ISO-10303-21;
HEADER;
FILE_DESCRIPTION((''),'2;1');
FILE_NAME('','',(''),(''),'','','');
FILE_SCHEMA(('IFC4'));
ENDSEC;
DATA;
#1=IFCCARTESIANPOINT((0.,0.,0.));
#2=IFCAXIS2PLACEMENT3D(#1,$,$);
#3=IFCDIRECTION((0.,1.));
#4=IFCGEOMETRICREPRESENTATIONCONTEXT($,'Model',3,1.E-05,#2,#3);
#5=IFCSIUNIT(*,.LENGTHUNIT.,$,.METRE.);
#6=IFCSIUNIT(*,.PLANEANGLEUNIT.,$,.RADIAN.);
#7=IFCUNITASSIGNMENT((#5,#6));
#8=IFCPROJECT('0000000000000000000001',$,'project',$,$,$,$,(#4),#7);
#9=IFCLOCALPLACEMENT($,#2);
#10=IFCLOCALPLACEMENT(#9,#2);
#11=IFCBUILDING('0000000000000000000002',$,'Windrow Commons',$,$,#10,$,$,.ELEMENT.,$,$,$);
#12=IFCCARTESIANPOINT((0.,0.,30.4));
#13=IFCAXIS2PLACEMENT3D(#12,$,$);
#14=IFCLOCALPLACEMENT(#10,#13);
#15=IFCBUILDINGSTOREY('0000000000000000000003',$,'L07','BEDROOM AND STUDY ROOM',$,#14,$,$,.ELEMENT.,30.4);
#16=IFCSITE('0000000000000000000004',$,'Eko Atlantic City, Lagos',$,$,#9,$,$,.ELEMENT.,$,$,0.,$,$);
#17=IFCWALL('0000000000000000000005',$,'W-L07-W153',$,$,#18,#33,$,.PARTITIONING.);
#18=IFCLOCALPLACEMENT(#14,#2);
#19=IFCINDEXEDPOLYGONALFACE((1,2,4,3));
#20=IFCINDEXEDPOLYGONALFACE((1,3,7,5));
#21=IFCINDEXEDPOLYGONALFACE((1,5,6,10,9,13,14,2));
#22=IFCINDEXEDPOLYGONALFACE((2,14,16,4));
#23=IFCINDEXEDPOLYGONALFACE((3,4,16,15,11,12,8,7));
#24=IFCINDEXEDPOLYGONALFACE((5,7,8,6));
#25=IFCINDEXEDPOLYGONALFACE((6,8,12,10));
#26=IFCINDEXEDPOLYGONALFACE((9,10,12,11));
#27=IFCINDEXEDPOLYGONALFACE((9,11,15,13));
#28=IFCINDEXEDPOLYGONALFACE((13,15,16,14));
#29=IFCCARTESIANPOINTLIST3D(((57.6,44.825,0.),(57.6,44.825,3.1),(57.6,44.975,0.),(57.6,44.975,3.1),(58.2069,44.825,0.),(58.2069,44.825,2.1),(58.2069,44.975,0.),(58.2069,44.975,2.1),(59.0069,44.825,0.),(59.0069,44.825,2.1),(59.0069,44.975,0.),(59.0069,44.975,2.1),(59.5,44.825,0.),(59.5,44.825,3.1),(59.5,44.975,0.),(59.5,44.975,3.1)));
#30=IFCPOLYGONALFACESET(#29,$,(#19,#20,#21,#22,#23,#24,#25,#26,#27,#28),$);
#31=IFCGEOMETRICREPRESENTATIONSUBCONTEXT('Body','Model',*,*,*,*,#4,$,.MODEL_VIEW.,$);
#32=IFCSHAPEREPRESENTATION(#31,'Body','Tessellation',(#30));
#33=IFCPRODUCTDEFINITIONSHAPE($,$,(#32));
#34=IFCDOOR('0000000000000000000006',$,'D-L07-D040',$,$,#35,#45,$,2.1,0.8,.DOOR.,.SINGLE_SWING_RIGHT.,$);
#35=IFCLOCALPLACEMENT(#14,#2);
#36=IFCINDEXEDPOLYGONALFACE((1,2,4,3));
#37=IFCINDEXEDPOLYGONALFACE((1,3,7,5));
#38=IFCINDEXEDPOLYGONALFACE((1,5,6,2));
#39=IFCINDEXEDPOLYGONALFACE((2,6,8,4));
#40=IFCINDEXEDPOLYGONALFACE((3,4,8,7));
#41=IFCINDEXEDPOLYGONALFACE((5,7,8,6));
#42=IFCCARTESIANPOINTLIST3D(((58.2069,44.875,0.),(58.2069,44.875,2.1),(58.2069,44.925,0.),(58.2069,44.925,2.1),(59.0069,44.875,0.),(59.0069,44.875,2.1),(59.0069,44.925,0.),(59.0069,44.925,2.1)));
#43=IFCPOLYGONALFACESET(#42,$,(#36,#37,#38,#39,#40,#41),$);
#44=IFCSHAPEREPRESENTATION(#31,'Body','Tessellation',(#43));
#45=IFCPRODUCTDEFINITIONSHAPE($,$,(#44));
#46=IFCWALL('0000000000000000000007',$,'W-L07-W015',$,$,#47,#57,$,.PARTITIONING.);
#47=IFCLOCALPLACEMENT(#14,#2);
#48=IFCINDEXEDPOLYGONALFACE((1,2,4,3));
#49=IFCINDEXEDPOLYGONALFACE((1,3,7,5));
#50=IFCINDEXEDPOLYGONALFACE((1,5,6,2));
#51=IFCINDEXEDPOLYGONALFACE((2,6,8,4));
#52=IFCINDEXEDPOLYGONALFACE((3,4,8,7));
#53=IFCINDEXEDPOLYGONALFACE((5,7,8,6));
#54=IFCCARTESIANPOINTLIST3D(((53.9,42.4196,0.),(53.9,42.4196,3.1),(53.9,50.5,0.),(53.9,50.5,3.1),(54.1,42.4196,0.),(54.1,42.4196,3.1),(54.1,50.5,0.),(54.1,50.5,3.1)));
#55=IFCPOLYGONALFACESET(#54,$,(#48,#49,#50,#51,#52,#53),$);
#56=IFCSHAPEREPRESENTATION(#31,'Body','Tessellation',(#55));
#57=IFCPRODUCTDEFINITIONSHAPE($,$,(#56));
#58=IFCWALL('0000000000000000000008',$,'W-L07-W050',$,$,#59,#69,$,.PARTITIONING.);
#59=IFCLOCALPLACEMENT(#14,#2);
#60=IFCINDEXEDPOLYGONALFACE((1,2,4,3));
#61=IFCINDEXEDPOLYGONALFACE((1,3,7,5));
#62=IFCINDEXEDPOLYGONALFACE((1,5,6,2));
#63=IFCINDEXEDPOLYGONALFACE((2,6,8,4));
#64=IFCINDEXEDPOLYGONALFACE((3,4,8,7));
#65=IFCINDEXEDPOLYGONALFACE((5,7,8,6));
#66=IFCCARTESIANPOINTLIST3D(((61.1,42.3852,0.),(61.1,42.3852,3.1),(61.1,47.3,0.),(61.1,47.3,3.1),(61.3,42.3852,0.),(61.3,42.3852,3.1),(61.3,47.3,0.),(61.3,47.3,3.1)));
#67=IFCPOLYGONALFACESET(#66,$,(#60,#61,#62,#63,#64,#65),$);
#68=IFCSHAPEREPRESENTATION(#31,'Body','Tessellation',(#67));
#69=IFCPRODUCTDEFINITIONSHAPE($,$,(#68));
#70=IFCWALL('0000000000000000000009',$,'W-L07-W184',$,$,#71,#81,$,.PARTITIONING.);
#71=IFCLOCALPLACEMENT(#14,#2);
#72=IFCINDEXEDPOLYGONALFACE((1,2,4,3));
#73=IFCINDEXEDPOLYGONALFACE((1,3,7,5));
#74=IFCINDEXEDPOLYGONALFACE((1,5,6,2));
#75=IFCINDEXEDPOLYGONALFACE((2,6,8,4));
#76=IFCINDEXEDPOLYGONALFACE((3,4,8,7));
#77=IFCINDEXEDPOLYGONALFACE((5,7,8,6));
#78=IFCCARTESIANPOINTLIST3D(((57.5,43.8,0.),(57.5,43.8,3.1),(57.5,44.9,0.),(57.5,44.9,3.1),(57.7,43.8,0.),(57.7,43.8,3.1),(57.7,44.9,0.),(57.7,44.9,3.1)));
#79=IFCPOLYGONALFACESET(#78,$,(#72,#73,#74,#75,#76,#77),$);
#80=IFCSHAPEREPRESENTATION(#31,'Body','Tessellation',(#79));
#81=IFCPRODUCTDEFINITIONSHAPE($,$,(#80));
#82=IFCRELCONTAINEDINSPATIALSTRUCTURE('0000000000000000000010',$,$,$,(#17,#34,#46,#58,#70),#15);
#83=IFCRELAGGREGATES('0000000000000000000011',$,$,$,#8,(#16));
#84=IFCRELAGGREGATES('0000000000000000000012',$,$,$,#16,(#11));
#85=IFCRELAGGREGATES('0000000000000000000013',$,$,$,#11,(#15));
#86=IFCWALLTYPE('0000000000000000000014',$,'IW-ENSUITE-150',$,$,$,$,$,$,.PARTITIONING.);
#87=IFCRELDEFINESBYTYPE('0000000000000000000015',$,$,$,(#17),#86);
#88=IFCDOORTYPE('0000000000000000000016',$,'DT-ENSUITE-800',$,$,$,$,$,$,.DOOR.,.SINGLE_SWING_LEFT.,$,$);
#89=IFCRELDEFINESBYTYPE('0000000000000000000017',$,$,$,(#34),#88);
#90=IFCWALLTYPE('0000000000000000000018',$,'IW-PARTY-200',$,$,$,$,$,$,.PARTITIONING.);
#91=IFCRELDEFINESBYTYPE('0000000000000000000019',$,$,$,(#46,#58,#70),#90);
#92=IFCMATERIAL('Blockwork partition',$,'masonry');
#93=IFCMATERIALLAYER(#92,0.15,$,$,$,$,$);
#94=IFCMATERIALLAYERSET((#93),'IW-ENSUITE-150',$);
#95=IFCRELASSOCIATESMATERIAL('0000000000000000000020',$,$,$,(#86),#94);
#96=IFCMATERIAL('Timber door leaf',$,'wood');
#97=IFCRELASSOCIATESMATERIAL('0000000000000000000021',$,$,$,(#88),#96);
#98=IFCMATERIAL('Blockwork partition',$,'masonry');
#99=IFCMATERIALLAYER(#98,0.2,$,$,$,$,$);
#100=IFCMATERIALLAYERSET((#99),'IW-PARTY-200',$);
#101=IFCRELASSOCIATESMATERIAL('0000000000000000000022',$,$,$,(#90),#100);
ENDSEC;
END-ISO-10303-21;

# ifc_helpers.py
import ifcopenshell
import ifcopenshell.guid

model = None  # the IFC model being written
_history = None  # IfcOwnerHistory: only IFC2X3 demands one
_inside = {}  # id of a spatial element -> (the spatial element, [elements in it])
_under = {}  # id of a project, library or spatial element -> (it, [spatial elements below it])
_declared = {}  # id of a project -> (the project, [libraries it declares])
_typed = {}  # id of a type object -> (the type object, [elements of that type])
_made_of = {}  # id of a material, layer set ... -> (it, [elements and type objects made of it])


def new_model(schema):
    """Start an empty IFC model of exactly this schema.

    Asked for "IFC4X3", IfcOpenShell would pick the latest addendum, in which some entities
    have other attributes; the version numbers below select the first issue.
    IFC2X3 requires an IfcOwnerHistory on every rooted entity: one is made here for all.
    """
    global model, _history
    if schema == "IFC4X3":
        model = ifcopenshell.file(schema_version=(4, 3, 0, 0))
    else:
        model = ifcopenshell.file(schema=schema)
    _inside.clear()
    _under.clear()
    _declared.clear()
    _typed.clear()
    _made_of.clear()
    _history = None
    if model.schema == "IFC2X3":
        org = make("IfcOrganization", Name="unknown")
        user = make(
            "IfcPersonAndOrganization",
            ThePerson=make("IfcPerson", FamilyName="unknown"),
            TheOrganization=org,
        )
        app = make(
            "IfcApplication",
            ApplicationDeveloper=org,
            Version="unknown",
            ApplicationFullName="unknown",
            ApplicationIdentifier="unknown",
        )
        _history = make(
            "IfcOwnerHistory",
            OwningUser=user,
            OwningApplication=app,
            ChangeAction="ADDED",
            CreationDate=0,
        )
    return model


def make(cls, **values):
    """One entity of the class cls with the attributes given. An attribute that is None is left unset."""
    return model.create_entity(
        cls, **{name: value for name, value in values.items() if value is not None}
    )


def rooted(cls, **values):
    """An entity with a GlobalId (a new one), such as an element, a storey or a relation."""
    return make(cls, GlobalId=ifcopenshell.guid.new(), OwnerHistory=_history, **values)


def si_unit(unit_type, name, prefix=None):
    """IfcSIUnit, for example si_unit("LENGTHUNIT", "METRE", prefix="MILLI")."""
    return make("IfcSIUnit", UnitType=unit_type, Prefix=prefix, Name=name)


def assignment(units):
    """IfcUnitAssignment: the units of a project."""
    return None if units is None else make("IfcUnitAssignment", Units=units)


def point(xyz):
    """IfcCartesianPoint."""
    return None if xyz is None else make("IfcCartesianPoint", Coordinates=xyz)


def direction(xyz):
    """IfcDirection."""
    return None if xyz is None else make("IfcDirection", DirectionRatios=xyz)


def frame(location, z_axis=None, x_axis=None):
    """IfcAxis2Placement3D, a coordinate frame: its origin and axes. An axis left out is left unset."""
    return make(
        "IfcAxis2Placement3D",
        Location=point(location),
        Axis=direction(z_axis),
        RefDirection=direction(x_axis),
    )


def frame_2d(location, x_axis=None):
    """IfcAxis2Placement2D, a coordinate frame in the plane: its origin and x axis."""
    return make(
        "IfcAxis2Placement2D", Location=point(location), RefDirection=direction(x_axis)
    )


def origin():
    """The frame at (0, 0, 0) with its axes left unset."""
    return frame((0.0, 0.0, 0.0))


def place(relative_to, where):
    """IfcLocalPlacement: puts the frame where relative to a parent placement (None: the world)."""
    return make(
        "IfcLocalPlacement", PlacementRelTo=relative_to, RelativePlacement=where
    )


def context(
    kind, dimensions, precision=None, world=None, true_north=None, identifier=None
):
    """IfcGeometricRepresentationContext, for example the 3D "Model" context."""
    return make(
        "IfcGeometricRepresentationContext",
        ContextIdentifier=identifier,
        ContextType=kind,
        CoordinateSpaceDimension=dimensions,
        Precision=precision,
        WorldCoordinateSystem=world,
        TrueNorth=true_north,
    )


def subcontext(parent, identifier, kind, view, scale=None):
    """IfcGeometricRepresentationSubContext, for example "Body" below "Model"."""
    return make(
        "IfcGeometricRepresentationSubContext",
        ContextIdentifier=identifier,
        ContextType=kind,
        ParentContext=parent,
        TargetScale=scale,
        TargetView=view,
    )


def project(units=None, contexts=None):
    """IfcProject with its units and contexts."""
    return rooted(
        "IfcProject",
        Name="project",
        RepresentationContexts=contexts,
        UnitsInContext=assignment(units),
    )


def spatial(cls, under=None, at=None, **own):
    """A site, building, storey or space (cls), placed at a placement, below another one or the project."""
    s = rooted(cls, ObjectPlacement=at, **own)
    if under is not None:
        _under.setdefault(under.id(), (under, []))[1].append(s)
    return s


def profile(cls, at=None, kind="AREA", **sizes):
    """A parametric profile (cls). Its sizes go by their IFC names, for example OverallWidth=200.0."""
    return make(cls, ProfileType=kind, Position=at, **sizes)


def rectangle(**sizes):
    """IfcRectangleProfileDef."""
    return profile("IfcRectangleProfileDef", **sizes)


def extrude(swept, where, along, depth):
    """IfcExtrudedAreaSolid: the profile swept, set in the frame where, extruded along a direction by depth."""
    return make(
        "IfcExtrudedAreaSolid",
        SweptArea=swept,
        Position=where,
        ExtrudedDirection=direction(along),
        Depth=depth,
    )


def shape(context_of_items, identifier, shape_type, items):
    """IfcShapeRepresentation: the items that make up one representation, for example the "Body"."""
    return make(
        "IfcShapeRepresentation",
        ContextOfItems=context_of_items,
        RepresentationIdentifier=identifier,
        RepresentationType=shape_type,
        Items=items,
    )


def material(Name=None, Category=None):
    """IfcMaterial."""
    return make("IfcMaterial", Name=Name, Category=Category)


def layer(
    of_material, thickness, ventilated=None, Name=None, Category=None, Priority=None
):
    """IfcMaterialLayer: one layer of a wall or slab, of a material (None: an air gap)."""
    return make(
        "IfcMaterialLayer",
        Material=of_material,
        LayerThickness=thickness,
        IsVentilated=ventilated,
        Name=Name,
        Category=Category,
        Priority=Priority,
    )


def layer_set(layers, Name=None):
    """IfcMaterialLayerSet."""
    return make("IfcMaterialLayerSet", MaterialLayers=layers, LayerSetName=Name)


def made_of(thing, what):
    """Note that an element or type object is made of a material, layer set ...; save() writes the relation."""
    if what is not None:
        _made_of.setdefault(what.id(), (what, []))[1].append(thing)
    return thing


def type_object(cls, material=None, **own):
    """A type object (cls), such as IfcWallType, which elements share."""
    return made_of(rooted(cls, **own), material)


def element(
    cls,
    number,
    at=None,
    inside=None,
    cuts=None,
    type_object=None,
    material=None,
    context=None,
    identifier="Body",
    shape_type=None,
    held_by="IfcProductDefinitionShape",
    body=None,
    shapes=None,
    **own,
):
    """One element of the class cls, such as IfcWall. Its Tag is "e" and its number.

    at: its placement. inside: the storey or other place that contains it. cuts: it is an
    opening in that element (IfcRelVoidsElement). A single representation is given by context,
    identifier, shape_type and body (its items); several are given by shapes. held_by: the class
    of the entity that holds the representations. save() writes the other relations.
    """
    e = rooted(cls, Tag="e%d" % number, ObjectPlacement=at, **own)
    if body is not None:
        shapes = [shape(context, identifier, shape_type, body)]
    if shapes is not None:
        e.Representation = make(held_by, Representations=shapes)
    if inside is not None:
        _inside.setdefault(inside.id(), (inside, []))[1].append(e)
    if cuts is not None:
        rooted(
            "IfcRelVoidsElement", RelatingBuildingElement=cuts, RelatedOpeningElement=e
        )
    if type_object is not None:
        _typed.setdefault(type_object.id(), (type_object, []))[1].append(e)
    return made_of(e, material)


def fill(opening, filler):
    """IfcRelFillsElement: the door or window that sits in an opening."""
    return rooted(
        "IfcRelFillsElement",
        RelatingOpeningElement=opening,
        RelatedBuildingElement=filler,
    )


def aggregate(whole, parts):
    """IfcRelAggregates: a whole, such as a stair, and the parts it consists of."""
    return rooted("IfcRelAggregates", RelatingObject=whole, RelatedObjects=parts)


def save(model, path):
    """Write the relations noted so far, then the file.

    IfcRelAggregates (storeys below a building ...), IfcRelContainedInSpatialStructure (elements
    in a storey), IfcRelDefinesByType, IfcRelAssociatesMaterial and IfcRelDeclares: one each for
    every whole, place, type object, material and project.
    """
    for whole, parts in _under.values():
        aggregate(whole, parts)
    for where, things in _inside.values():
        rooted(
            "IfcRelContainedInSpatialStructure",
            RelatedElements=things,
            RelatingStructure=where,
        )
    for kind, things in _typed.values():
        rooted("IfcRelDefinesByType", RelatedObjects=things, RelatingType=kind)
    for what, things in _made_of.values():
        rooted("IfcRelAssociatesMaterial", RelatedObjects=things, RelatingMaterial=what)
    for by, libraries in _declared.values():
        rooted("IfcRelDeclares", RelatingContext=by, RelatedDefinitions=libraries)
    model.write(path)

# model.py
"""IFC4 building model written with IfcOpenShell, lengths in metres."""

from ifc_helpers import new_model, si_unit, direction, frame, frame_2d, origin, place, context, subcontext, project, spatial, rectangle, extrude, material, layer, layer_set, type_object, element, fill, save


model = new_model("IFC4")

# Units and contexts
model_context = context("Model", 3, precision=1e-05, world=origin(), true_north=direction((0.0, 1.0)))
body_context = subcontext(model_context, "Body", "Model", "MODEL_VIEW")
ifc_project = project(units=[si_unit("LENGTHUNIT", "METRE"), si_unit("PLANEANGLEUNIT", "RADIAN")], contexts=[model_context])

# Site, building, storey
site_placement = place(None, origin())
site = spatial("IfcSite", under=ifc_project, at=site_placement, Name="Eko Atlantic City, Lagos", CompositionType="ELEMENT", RefElevation=0.0)
building_placement = place(site_placement, origin())
building = spatial("IfcBuilding", under=site, at=building_placement, Name="Windrow Commons", CompositionType="ELEMENT")
storey_placement = place(building_placement, frame((0.0, 0.0, 30.4)))
storey = spatial("IfcBuildingStorey", under=building, at=storey_placement, Name="L07", Description="BEDROOM AND STUDY ROOM", CompositionType="ELEMENT", Elevation=30.4)

# Shared definitions
ifc_material_1 = material(Name="Blockwork partition", Category="masonry")
ifc_layer_1 = layer(ifc_material_1, 0.15)
ifc_layer_set_1 = layer_set([ifc_layer_1], Name="IW-ENSUITE-150")
wall_type_1 = type_object("IfcWallType", Name="IW-ENSUITE-150", PredefinedType="PARTITIONING", material=ifc_layer_set_1)

# Wall, opening, door
wall_1_placement = place(storey_placement, frame((57.6, 44.9, 0.0), z_axis=(0.0, 0.0, 1.0), x_axis=(1.0, 0.0, 0.0)))
wall_1 = element("IfcWall", 1, at=wall_1_placement, inside=storey, type_object=wall_type_1, Name="W-L07-W153", PredefinedType="PARTITIONING", context=body_context, shape_type="SweptSolid", body=[
    extrude(rectangle(XDim=1.9, YDim=0.15, at=frame_2d((0.95, 0.0))), origin(), (0.0, 0.0, 1.0), 3.1),
])
opening_1_placement = place(wall_1_placement, frame((0.6069, 0.0, 0.0)))
opening_1 = element("IfcOpeningElement", 2, at=opening_1_placement, cuts=wall_1, PredefinedType="OPENING", context=body_context, shape_type="SweptSolid", body=[
    extrude(rectangle(XDim=0.8, YDim=2.1, at=frame_2d((0.4, 1.05))), frame((0.0, 0.085, 0.0), z_axis=(0.0, -1.0, 0.0), x_axis=(1.0, 0.0, 0.0)), (0.0, 0.0, 1.0), 0.17),
])
ifc_material_2 = material(Name="Timber door leaf", Category="wood")
door_type_1 = type_object("IfcDoorType", Name="DT-ENSUITE-800", OperationType="SINGLE_SWING_LEFT", PredefinedType="DOOR", material=ifc_material_2)
door_1_placement = place(opening_1_placement, origin())
door_1 = element("IfcDoor", 3, at=door_1_placement, inside=storey, type_object=door_type_1, Name="D-L07-D040", OperationType="SINGLE_SWING_RIGHT", OverallHeight=2.1, OverallWidth=0.8, PredefinedType="DOOR", context=body_context, shape_type="SweptSolid", body=[
    extrude(rectangle(XDim=0.8, YDim=2.1, at=frame_2d((0.4, 1.05))), frame((0.0, 0.025, 0.0), z_axis=(0.0, -1.0, 0.0), x_axis=(1.0, 0.0, 0.0)), (0.0, 0.0, 1.0), 0.05),
])
fill(opening_1, door_1)

# Walls
ifc_material_3 = material(Name="Blockwork partition", Category="masonry")
ifc_layer_2 = layer(ifc_material_3, 0.2)
ifc_layer_set_2 = layer_set([ifc_layer_2], Name="IW-PARTY-200")
wall_type_2 = type_object("IfcWallType", Name="IW-PARTY-200", PredefinedType="PARTITIONING", material=ifc_layer_set_2)
wall_2_placement = place(storey_placement, frame((54.0, 42.4196, 0.0), z_axis=(0.0, 0.0, 1.0), x_axis=(0.0, 1.0, 0.0)))
element("IfcWall", 4, at=wall_2_placement, inside=storey, type_object=wall_type_2, Name="W-L07-W015", PredefinedType="PARTITIONING", context=body_context, shape_type="SweptSolid", body=[
    extrude(rectangle(XDim=8.0804, YDim=0.2, at=frame_2d((4.0402, 0.0))), origin(), (0.0, 0.0, 1.0), 3.1),
])
wall_3_placement = place(storey_placement, frame((61.2, 42.3851, 0.0), z_axis=(0.0, 0.0, 1.0), x_axis=(0.0, 1.0, 0.0)))
element("IfcWall", 5, at=wall_3_placement, inside=storey, type_object=wall_type_2, Name="W-L07-W050", PredefinedType="PARTITIONING", context=body_context, shape_type="SweptSolid", body=[
    extrude(rectangle(XDim=4.9149, YDim=0.2, at=frame_2d((2.4575, 0.0))), origin(), (0.0, 0.0, 1.0), 3.1),
])
wall_4_placement = place(storey_placement, frame((57.6, 43.8, 0.0), z_axis=(0.0, 0.0, 1.0), x_axis=(0.0, 1.0, 0.0)))
element("IfcWall", 6, at=wall_4_placement, inside=storey, type_object=wall_type_2, Name="W-L07-W184", PredefinedType="PARTITIONING", context=body_context, shape_type="SweptSolid", body=[
    extrude(rectangle(XDim=1.1, YDim=0.2, at=frame_2d((0.55, 0.0))), origin(), (0.0, 0.0, 1.0), 3.1),
])

save(model, "model.ifc")
